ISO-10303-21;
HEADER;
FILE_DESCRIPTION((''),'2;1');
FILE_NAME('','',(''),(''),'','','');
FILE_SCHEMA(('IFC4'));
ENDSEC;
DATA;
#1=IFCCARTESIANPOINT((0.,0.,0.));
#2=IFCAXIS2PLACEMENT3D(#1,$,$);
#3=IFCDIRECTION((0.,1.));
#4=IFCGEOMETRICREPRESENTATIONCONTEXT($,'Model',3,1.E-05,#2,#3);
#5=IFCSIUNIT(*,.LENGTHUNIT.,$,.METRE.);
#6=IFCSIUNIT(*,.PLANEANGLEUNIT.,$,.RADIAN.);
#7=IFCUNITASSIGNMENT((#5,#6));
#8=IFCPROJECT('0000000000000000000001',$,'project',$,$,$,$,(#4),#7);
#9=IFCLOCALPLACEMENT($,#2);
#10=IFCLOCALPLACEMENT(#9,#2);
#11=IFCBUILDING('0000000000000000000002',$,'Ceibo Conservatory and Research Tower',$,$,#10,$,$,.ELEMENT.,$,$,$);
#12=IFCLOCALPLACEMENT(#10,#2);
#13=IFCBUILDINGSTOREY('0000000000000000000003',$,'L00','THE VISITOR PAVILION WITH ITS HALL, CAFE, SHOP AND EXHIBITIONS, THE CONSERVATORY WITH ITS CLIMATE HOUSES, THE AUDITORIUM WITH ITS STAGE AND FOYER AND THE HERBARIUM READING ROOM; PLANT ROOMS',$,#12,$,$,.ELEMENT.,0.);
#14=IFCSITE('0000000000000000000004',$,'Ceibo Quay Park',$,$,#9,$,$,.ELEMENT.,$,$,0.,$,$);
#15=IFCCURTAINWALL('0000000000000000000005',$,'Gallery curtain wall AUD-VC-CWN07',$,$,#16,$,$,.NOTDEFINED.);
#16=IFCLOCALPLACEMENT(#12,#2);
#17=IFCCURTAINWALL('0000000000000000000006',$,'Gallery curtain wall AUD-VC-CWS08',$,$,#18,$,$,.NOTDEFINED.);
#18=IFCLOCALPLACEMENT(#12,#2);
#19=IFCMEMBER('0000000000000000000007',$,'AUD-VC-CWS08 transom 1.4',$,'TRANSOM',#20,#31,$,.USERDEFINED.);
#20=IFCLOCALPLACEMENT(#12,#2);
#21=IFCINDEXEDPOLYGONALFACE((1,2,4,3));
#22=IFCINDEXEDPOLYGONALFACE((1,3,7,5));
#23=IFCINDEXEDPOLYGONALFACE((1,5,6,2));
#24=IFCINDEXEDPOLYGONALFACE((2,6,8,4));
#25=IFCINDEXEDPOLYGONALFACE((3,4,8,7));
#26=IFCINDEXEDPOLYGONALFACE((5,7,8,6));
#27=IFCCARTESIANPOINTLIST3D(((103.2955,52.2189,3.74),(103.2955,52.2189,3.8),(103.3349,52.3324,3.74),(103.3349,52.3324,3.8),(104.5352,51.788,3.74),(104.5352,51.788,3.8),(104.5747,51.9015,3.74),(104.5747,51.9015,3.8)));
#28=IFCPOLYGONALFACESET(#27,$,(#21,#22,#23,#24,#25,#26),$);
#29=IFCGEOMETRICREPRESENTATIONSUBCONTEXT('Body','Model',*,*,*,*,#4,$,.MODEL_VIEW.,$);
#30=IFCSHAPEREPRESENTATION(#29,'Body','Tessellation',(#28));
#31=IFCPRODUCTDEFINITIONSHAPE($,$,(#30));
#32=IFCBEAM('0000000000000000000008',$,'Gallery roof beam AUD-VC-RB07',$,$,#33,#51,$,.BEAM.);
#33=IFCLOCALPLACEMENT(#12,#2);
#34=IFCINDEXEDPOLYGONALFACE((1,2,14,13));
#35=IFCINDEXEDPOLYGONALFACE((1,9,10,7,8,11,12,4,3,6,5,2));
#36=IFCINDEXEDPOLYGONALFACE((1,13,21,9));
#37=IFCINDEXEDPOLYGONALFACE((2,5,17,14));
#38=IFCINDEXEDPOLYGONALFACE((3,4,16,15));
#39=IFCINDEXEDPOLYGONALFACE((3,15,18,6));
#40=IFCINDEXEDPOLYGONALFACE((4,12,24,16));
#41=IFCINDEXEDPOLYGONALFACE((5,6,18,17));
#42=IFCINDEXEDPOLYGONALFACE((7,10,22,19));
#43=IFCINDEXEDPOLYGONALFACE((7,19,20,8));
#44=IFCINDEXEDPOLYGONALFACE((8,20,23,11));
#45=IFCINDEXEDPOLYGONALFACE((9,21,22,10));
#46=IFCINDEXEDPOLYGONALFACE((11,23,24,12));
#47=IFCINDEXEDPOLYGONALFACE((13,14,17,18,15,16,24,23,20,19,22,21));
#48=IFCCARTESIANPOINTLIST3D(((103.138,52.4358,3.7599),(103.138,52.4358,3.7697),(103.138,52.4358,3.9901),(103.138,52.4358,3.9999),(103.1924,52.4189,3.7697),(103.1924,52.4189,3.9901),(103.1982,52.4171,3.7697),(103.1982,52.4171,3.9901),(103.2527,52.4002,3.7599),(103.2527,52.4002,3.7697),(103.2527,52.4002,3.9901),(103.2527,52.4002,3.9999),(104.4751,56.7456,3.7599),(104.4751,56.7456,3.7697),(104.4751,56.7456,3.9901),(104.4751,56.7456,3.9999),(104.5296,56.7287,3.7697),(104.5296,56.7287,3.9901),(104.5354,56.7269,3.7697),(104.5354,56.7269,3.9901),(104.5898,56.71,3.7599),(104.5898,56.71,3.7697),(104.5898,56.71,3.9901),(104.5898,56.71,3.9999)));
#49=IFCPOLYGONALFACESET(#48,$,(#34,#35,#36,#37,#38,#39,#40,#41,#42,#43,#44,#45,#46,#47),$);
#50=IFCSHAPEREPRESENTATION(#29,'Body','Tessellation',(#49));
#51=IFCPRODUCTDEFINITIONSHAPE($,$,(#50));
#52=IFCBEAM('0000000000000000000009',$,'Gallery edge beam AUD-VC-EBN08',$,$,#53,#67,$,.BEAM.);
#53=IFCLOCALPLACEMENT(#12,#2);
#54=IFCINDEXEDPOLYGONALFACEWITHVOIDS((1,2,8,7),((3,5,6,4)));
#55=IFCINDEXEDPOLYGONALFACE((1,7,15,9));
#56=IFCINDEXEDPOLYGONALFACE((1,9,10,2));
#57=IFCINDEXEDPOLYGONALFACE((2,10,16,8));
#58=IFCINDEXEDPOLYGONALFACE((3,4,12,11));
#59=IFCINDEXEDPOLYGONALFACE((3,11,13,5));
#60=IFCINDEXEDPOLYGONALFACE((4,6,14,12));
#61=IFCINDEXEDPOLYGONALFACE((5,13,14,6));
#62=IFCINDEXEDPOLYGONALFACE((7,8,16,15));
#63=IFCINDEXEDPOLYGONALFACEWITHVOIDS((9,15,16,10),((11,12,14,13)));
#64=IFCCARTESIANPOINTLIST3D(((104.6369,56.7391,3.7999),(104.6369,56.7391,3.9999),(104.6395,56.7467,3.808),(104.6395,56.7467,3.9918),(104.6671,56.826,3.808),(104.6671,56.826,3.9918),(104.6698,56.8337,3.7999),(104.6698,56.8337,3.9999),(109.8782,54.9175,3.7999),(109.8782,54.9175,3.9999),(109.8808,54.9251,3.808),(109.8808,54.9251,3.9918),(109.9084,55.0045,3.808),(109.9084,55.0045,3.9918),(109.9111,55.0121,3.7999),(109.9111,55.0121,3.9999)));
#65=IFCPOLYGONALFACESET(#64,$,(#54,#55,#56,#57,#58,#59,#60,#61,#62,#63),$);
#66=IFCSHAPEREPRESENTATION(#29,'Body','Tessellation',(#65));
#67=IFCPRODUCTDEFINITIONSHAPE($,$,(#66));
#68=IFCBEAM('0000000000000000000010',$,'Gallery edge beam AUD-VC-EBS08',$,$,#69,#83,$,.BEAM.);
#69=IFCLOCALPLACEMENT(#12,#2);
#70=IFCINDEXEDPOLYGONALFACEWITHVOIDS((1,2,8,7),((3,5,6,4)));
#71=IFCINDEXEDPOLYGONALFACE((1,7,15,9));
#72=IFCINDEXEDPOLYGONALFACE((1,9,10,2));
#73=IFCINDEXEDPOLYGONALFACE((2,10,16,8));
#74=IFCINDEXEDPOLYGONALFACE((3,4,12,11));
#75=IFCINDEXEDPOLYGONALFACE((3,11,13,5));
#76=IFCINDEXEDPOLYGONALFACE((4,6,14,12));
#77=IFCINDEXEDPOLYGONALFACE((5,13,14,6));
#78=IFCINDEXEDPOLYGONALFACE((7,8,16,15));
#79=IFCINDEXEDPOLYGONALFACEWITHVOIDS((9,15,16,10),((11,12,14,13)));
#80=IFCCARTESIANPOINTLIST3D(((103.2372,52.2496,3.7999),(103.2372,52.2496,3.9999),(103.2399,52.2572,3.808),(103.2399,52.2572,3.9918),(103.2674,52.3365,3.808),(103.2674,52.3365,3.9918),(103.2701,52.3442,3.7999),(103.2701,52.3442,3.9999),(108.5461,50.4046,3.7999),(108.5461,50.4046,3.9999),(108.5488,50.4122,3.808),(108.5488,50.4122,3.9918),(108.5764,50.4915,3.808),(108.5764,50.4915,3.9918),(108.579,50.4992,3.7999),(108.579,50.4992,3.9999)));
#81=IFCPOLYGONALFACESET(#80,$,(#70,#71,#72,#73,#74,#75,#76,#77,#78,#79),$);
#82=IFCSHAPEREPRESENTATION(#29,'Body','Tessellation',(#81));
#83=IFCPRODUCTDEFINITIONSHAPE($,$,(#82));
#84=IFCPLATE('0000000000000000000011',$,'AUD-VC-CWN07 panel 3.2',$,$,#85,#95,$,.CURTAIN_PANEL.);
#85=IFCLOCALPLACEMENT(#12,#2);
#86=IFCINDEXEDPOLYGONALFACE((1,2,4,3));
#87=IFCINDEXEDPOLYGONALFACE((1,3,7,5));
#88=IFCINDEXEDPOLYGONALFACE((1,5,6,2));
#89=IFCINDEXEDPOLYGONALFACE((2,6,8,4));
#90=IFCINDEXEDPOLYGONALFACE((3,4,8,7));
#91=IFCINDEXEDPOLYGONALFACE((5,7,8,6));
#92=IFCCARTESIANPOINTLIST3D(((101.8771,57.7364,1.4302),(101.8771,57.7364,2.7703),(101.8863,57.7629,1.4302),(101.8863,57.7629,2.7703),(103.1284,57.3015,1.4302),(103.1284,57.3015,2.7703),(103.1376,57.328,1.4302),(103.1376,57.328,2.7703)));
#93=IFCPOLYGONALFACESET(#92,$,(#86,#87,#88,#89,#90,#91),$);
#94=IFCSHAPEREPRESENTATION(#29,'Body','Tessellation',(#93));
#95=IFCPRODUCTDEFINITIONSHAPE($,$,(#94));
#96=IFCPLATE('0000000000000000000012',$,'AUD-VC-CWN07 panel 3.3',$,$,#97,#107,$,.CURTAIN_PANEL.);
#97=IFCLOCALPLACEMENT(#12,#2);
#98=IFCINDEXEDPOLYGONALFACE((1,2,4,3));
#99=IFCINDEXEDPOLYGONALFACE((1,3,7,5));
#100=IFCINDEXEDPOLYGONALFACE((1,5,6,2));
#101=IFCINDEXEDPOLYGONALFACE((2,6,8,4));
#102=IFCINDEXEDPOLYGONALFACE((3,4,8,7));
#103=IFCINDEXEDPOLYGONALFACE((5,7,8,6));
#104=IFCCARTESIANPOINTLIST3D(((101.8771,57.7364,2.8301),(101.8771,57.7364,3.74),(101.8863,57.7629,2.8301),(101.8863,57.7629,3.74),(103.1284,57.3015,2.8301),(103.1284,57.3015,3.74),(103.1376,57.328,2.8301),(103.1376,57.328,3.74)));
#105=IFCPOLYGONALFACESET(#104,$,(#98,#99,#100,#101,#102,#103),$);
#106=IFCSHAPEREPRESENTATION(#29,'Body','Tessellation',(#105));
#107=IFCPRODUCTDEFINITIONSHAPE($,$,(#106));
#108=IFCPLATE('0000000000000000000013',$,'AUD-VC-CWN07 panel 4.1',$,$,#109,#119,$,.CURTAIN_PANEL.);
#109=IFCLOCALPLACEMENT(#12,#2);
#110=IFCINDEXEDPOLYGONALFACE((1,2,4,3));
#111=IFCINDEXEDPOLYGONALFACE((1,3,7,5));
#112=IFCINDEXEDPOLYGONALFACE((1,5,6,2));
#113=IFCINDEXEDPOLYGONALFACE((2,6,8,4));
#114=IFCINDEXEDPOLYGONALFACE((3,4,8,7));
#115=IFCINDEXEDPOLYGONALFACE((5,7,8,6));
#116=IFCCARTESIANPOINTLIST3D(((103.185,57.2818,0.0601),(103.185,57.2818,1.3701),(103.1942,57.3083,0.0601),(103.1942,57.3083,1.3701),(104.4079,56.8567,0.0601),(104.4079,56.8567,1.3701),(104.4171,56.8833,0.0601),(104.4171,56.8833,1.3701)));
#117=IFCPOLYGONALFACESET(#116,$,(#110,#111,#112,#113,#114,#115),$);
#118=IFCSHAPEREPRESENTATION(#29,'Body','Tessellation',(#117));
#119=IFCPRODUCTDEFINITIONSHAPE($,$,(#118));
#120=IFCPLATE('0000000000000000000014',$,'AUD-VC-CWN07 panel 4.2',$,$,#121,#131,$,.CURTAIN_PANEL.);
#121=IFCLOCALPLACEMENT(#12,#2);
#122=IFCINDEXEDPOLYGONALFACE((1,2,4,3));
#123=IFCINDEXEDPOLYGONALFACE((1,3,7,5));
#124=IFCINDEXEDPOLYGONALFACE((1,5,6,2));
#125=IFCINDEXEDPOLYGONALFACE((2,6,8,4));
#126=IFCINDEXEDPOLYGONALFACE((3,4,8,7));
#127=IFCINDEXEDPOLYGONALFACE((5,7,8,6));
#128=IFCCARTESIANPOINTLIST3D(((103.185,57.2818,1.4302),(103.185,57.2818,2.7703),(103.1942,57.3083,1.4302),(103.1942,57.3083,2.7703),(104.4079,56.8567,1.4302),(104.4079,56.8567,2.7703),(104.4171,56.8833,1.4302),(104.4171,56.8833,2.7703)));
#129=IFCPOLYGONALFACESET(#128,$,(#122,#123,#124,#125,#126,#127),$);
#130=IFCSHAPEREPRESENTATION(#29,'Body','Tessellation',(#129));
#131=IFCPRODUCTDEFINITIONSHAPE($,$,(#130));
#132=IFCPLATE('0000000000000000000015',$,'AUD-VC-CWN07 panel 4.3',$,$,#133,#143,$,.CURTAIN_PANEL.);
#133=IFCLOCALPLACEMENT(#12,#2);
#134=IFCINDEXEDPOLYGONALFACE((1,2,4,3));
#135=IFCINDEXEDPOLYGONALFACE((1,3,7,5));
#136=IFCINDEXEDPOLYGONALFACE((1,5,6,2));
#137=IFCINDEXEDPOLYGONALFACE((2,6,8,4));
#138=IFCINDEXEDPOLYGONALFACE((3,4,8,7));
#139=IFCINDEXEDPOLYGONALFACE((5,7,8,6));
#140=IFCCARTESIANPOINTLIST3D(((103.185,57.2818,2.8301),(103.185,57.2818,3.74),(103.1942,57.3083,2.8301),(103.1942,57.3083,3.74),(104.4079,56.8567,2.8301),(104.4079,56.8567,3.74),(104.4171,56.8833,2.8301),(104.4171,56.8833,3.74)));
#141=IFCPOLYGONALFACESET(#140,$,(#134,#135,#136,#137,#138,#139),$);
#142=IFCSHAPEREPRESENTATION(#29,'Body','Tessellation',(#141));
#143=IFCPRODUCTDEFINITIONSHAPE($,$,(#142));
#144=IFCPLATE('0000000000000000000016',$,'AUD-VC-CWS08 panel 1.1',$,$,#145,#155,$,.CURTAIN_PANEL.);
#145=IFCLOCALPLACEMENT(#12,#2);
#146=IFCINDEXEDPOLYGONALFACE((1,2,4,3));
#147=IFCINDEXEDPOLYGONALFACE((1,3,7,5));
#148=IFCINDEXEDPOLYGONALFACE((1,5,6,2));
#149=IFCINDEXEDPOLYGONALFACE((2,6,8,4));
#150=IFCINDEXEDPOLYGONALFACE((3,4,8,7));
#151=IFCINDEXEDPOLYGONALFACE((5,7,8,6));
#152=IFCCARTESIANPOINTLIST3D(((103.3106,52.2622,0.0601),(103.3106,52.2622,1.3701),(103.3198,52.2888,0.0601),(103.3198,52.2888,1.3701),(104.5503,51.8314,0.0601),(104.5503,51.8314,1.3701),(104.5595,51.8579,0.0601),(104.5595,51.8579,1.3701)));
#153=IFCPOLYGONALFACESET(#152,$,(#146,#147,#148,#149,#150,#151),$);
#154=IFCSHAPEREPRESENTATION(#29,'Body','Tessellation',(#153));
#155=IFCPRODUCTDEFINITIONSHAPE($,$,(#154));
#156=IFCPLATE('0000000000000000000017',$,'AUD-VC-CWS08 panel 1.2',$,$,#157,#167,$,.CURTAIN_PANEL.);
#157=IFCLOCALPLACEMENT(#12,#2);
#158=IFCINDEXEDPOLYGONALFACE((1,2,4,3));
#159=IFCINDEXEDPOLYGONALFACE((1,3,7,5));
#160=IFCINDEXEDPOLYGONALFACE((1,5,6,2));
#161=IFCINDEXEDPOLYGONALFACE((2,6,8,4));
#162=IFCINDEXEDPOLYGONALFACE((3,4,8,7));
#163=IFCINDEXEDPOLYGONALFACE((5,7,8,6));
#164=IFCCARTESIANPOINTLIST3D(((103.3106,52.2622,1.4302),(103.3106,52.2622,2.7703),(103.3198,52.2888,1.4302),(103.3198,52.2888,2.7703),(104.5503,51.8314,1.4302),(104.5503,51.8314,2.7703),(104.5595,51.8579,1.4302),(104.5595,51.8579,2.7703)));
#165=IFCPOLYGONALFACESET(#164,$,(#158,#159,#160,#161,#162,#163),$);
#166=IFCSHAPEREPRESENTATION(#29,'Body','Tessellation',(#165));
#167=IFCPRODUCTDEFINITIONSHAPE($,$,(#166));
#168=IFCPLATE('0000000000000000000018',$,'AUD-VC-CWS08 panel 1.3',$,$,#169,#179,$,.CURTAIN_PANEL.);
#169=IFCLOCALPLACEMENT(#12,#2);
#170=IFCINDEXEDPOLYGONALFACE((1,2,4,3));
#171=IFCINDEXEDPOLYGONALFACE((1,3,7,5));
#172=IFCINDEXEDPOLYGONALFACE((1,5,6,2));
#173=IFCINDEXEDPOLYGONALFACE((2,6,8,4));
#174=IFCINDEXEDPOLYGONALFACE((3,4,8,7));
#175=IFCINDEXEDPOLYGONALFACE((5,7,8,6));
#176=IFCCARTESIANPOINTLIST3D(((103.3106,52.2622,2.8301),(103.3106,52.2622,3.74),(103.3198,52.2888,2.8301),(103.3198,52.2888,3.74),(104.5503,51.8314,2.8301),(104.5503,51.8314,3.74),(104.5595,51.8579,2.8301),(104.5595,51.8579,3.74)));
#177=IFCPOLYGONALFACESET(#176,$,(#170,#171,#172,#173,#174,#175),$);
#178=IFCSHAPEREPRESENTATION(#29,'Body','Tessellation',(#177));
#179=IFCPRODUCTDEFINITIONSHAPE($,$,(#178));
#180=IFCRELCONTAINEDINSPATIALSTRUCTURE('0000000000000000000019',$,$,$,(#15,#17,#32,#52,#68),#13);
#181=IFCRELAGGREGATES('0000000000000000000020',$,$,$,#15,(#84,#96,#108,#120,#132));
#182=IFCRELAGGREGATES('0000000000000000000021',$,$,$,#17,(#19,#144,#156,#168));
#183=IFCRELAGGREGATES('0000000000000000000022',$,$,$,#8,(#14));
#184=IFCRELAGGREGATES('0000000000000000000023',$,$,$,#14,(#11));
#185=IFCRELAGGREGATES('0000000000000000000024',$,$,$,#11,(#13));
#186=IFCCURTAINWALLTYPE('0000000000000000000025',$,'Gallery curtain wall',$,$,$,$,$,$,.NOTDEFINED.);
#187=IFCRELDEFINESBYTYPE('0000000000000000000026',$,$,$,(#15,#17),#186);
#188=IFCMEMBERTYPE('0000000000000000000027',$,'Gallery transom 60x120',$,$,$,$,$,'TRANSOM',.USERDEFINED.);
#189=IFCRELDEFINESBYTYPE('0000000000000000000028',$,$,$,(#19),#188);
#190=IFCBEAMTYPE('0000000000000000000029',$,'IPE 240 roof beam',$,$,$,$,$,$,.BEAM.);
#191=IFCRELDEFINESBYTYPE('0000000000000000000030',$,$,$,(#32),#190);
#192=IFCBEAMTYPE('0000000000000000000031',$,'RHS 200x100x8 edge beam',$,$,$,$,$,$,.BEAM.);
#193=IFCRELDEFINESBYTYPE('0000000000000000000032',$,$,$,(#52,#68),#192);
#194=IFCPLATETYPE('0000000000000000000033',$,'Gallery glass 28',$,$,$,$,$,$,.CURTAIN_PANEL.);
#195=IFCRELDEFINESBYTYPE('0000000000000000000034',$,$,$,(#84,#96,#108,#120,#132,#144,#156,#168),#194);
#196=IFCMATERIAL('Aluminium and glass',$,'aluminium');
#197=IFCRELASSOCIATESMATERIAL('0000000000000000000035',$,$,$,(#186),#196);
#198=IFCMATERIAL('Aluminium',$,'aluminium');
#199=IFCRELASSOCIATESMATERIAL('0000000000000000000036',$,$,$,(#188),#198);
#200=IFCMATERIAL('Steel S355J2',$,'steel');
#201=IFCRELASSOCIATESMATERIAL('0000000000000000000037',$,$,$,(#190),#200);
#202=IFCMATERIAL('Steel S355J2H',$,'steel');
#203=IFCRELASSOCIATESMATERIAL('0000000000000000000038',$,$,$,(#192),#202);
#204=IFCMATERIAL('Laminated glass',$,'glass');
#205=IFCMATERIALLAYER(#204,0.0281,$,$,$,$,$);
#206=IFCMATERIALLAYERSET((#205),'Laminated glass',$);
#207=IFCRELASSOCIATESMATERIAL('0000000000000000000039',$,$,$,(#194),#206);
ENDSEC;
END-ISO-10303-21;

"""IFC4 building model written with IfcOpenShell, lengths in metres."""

from ifc_helpers import new_model, si_unit, direction, frame, origin, origin_2d, place, context, subcontext, project, spatial, rectangle, hollow_rectangle, i_section, extrude, material, layer, layer_set, material_profile, profile_set, type_object, element, aggregate, save


model = new_model("IFC4")

# Units and contexts
model_context = context("Model", 3, precision=1e-05, world=origin(), true_north=direction((0.0, 1.0)))
body_context = subcontext(model_context, "Body", "Model", "MODEL_VIEW")
ifc_project = project(units=[si_unit("LENGTHUNIT", "METRE"), si_unit("PLANEANGLEUNIT", "RADIAN")], contexts=[model_context])

# Site, building, storey
site_placement = place(None, origin())
site = spatial("IfcSite", under=ifc_project, at=site_placement, Name="Ceibo Quay Park", CompositionType="ELEMENT", RefElevation=0.0)
building_placement = place(site_placement, origin())
building = spatial("IfcBuilding", under=site, at=building_placement, Name="Ceibo Conservatory and Research Tower", CompositionType="ELEMENT")
storey_placement = place(building_placement, origin())
storey = spatial("IfcBuildingStorey", under=building, at=storey_placement, Name="L00", Description="THE VISITOR PAVILION WITH ITS HALL, CAFE, SHOP AND EXHIBITIONS, THE CONSERVATORY WITH ITS CLIMATE HOUSES, THE AUDITORIUM WITH ITS STAGE AND FOYER AND THE HERBARIUM READING ROOM; PLANT ROOMS", CompositionType="ELEMENT", Elevation=0.0)

# Shared definitions
ifc_material_1 = material(Name="Steel S355J2H", Category="steel")

# Curtain wall
ifc_material_2 = material(Name="Aluminium and glass", Category="aluminium")
curtain_wall_type = type_object("IfcCurtainWallType", Name="Gallery curtain wall", PredefinedType="NOTDEFINED", material=ifc_material_2)
curtain_wall_1_placement = place(storey_placement, origin())
curtain_wall_1 = element("IfcCurtainWall", 1, at=curtain_wall_1_placement, inside=storey, type_object=curtain_wall_type, Name="Gallery curtain wall AUD-VC-CWN07", PredefinedType="NOTDEFINED")
ifc_material_3 = material(Name="Aluminium", Category="aluminium")

# Curtain wall
curtain_wall_2_placement = place(storey_placement, origin())
curtain_wall_2 = element("IfcCurtainWall", 2, at=curtain_wall_2_placement, inside=storey, type_object=curtain_wall_type, Name="Gallery curtain wall AUD-VC-CWS08", PredefinedType="NOTDEFINED")

# Member
ifc_material_profile_1 = material_profile(ifc_material_3, rectangle(XDim=0.1201, YDim=0.0601, at=origin_2d()), Name="AL 60x120")
ifc_profile_set_1 = profile_set([ifc_material_profile_1], Name="Aluminium")
member_type_1 = type_object("IfcMemberType", Name="Gallery transom 60x120", ElementType="TRANSOM", PredefinedType="USERDEFINED", material=ifc_profile_set_1)
member_1_placement = place(storey_placement, frame((103.3152, 52.2756, 3.77), z_axis=(0.94457, -0.328311, 0.0), x_axis=(0.328311, 0.94457, 0.0)))
member_1 = element("IfcMember", 3, at=member_1_placement, type_object=member_type_1, Name="AUD-VC-CWS08 transom 1.4", ObjectType="TRANSOM", PredefinedType="USERDEFINED", context=body_context, shape_type="SweptSolid", body=[
    extrude(rectangle(XDim=0.1201, YDim=0.0601, at=origin_2d()), origin(), (0.0, 0.0, 1.0), 1.3125),
])

# Beams
ifc_material_4 = material(Name="Steel S355J2", Category="steel")
ifc_material_profile_2 = material_profile(ifc_material_4, i_section(OverallWidth=0.1201, OverallDepth=0.24, WebThickness=0.0061, FlangeThickness=0.0098, at=origin_2d()), Name="IPE 240")
ifc_profile_set_2 = profile_set([ifc_material_profile_2], Name="Steel S355J2")
beam_type_1 = type_object("IfcBeamType", Name="IPE 240 roof beam", PredefinedType="BEAM", material=ifc_profile_set_2)
beam_1_placement = place(storey_placement, frame((104.5325, 56.7278, 3.8799), z_axis=(-0.296324, -0.955087, 0.0), x_axis=(0.955087, -0.296324, 0.0)))
element("IfcBeam", 4, at=beam_1_placement, inside=storey, type_object=beam_type_1, Name="Gallery roof beam AUD-VC-RB07", PredefinedType="BEAM", context=body_context, shape_type="SweptSolid", body=[
    extrude(i_section(OverallWidth=0.1201, OverallDepth=0.24, WebThickness=0.0061, FlangeThickness=0.0098, at=origin_2d()), origin(), (0.0, 0.0, 1.0), 4.5125),
])
ifc_material_profile_3 = material_profile(ifc_material_1, hollow_rectangle(XDim=0.1001, YDim=0.2, WallThickness=0.0081, at=origin_2d()), Name="RHS 200x100x8 edge beam")
ifc_profile_set_3 = profile_set([ifc_material_profile_3], Name="Steel S355J2H")
beam_type_2 = type_object("IfcBeamType", Name="RHS 200x100x8 edge beam", PredefinedType="BEAM", material=ifc_profile_set_3)
beam_2_placement = place(storey_placement, frame((104.6533, 56.7864, 3.8999), z_axis=(0.94458, -0.32828, 0.0), x_axis=(0.32828, 0.94458, 0.0)))
element("IfcBeam", 5, at=beam_2_placement, inside=storey, type_object=beam_type_2, Name="Gallery edge beam AUD-VC-EBN08", PredefinedType="BEAM", context=body_context, shape_type="SweptSolid", body=[
    extrude(hollow_rectangle(XDim=0.1001, YDim=0.2, WallThickness=0.0081, at=origin_2d()), origin(), (0.0, 0.0, 1.0), 5.5488),
])
beam_3_placement = place(storey_placement, frame((103.2537, 52.2969, 3.8999), z_axis=(0.944584, -0.32827, 0.0), x_axis=(0.32827, 0.944584, 0.0)))
element("IfcBeam", 6, at=beam_3_placement, inside=storey, type_object=beam_type_2, Name="Gallery edge beam AUD-VC-EBS08", PredefinedType="BEAM", context=body_context, shape_type="SweptSolid", body=[
    extrude(hollow_rectangle(XDim=0.1001, YDim=0.2, WallThickness=0.0081, at=origin_2d()), origin(), (0.0, 0.0, 1.0), 5.6204),
])

# Plates
ifc_material_5 = material(Name="Laminated glass", Category="glass")
ifc_layer_1 = layer(ifc_material_5, 0.0281)
ifc_layer_set_1 = layer_set([ifc_layer_1], Name="Laminated glass")
plate_type = type_object("IfcPlateType", Name="Gallery glass 28", PredefinedType="CURTAIN_PANEL", material=ifc_layer_set_1)
plate_1_placement = place(storey_placement, frame((102.5073, 57.5322, 1.4302), z_axis=(0.0, 0.0, 1.0), x_axis=(0.944579, -0.328284, 0.0)))
plate_1 = element("IfcPlate", 7, at=plate_1_placement, type_object=plate_type, Name="AUD-VC-CWN07 panel 3.2", PredefinedType="CURTAIN_PANEL", context=body_context, shape_type="SweptSolid", body=[
    extrude(rectangle(XDim=1.3247, YDim=0.0281, at=origin_2d()), origin(), (0.0, 0.0, 1.0), 1.3401),
])
plate_2_placement = place(storey_placement, frame((102.5073, 57.5322, 2.8301), z_axis=(0.0, 0.0, 1.0), x_axis=(0.944579, -0.328284, 0.0)))
plate_2 = element("IfcPlate", 8, at=plate_2_placement, type_object=plate_type, Name="AUD-VC-CWN07 panel 3.3", PredefinedType="CURTAIN_PANEL", context=body_context, shape_type="SweptSolid", body=[
    extrude(rectangle(XDim=1.3247, YDim=0.0281, at=origin_2d()), origin(), (0.0, 0.0, 1.0), 0.9099),
])
plate_3_placement = place(storey_placement, frame((103.801, 57.0825, 0.0601), z_axis=(0.0, 0.0, 1.0), x_axis=(0.944579, -0.328284, 0.0)))
plate_3 = element("IfcPlate", 9, at=plate_3_placement, type_object=plate_type, Name="AUD-VC-CWN07 panel 4.1", PredefinedType="CURTAIN_PANEL", context=body_context, shape_type="SweptSolid", body=[
    extrude(rectangle(XDim=1.2947, YDim=0.0281, at=origin_2d()), origin(), (0.0, 0.0, 1.0), 1.3101),
])
plate_4_placement = place(storey_placement, frame((103.801, 57.0825, 1.4302), z_axis=(0.0, 0.0, 1.0), x_axis=(0.944579, -0.328284, 0.0)))
plate_4 = element("IfcPlate", 10, at=plate_4_placement, type_object=plate_type, Name="AUD-VC-CWN07 panel 4.2", PredefinedType="CURTAIN_PANEL", context=body_context, shape_type="SweptSolid", body=[
    extrude(rectangle(XDim=1.2947, YDim=0.0281, at=origin_2d()), origin(), (0.0, 0.0, 1.0), 1.3401),
])
plate_5_placement = place(storey_placement, frame((103.801, 57.0825, 2.8301), z_axis=(0.0, 0.0, 1.0), x_axis=(0.944579, -0.328284, 0.0)))
plate_5 = element("IfcPlate", 11, at=plate_5_placement, type_object=plate_type, Name="AUD-VC-CWN07 panel 4.3", PredefinedType="CURTAIN_PANEL", context=body_context, shape_type="SweptSolid", body=[
    extrude(rectangle(XDim=1.2947, YDim=0.0281, at=origin_2d()), origin(), (0.0, 0.0, 1.0), 0.9099),
])
aggregate(curtain_wall_1, [plate_1, plate_2, plate_3, plate_4, plate_5])
plate_6_placement = place(storey_placement, frame((103.9351, 52.0601, 0.0601), z_axis=(0.0, 0.0, 1.0), x_axis=(0.944579, -0.328284, 0.0)))
plate_6 = element("IfcPlate", 12, at=plate_6_placement, type_object=plate_type, Name="AUD-VC-CWS08 panel 1.1", PredefinedType="CURTAIN_PANEL", context=body_context, shape_type="SweptSolid", body=[
    extrude(rectangle(XDim=1.3125, YDim=0.0281, at=origin_2d()), origin(), (0.0, 0.0, 1.0), 1.3101),
])
plate_7_placement = place(storey_placement, frame((103.9351, 52.0601, 1.4302), z_axis=(0.0, 0.0, 1.0), x_axis=(0.944579, -0.328284, 0.0)))
plate_7 = element("IfcPlate", 13, at=plate_7_placement, type_object=plate_type, Name="AUD-VC-CWS08 panel 1.2", PredefinedType="CURTAIN_PANEL", context=body_context, shape_type="SweptSolid", body=[
    extrude(rectangle(XDim=1.3125, YDim=0.0281, at=origin_2d()), origin(), (0.0, 0.0, 1.0), 1.3401),
])
plate_8_placement = place(storey_placement, frame((103.9351, 52.0601, 2.8301), z_axis=(0.0, 0.0, 1.0), x_axis=(0.944579, -0.328284, 0.0)))
plate_8 = element("IfcPlate", 14, at=plate_8_placement, type_object=plate_type, Name="AUD-VC-CWS08 panel 1.3", PredefinedType="CURTAIN_PANEL", context=body_context, shape_type="SweptSolid", body=[
    extrude(rectangle(XDim=1.3125, YDim=0.0281, at=origin_2d()), origin(), (0.0, 0.0, 1.0), 0.9099),
])
aggregate(curtain_wall_2, [member_1, plate_6, plate_7, plate_8])

save(model, "model.ifc")
